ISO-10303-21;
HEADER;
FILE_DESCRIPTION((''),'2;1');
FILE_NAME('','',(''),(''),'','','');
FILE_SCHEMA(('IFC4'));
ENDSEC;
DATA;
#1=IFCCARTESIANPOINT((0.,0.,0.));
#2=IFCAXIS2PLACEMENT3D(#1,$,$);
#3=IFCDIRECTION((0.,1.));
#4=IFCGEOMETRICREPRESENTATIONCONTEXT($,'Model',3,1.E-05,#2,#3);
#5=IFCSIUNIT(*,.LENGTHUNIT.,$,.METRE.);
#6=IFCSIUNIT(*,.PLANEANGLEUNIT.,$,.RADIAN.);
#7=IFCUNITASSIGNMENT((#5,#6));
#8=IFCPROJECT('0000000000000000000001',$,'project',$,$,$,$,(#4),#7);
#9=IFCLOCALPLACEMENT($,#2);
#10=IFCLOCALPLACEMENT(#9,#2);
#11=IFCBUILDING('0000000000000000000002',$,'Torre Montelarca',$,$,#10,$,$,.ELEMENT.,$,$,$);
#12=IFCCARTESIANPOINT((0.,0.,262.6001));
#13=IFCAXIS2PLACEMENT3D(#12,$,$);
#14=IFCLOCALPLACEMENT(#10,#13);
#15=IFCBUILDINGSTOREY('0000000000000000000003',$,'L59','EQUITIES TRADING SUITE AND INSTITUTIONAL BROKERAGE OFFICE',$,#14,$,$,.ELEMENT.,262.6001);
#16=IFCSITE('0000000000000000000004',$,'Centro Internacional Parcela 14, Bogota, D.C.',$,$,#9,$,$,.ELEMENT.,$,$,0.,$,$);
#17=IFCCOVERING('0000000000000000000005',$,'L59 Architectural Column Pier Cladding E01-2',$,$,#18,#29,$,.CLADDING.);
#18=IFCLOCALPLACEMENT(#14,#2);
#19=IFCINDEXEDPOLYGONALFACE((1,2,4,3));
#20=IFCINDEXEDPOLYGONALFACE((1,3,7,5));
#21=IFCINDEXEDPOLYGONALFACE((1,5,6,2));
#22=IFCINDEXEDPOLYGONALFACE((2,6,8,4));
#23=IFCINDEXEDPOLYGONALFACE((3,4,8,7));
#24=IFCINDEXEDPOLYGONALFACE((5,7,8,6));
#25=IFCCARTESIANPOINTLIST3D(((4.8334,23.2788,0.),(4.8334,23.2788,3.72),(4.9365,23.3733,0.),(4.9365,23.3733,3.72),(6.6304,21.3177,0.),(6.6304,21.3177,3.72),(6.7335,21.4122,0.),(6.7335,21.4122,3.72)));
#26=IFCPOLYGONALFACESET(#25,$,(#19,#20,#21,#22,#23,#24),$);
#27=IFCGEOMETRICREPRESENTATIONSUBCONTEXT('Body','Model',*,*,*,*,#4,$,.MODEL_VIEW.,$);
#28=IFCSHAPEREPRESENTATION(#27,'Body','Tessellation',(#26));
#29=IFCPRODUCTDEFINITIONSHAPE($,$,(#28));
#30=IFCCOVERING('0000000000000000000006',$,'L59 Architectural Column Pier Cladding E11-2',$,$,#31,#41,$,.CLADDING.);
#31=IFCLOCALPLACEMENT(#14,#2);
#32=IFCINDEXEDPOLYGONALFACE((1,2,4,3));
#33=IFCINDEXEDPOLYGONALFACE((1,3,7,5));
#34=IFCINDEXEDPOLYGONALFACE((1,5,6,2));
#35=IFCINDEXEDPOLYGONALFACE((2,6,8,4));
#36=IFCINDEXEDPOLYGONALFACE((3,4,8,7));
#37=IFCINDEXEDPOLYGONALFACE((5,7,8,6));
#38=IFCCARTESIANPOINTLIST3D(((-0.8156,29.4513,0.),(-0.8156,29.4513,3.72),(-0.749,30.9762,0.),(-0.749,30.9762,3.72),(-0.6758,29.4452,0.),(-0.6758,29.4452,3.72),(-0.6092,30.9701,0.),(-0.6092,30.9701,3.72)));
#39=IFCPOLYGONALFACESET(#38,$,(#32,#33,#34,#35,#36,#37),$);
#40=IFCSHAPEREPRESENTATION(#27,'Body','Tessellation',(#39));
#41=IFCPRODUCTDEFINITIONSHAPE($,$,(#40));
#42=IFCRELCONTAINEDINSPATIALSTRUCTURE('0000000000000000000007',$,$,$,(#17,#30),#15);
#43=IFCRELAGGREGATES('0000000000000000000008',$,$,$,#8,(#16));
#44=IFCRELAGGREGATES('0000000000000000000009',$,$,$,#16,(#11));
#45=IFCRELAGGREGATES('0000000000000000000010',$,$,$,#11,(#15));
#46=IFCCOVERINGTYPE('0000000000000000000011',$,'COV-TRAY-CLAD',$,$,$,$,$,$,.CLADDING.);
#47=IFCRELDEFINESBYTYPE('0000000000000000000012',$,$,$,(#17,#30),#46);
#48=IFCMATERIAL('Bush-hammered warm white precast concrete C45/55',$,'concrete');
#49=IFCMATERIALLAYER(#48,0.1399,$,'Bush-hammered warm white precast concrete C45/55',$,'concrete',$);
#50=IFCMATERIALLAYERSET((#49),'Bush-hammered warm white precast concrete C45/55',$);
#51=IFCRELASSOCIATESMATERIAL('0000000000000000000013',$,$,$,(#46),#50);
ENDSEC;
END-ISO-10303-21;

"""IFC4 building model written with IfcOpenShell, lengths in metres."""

from ifc_helpers import new_model, si_unit, direction, frame, origin, origin_2d, place, context, subcontext, project, spatial, rectangle, extrude, source, transform, mapped, material, layer, layer_set, type_object, element, save


model = new_model("IFC4")

# Units and contexts
model_context = context("Model", 3, precision=1e-05, world=origin(), true_north=direction((0.0, 1.0)))
body_context = subcontext(model_context, "Body", "Model", "MODEL_VIEW")
ifc_project = project(units=[si_unit("LENGTHUNIT", "METRE"), si_unit("PLANEANGLEUNIT", "RADIAN")], contexts=[model_context])

# Site, building, storey
site_placement = place(None, origin())
site = spatial("IfcSite", under=ifc_project, at=site_placement, Name="Centro Internacional Parcela 14, Bogota, D.C.", CompositionType="ELEMENT", RefElevation=0.0)
building_placement = place(site_placement, origin())
building = spatial("IfcBuilding", under=site, at=building_placement, Name="Torre Montelarca", CompositionType="ELEMENT")
storey_placement = place(building_placement, frame((0.0, 0.0, 262.6001)))
storey = spatial("IfcBuildingStorey", under=building, at=storey_placement, Name="L59", Description="EQUITIES TRADING SUITE AND INSTITUTIONAL BROKERAGE OFFICE", CompositionType="ELEMENT", Elevation=262.6001)

# Coverings
ifc_material_1 = material(Name="Bush-hammered warm white precast concrete C45/55", Category="concrete")
ifc_layer_1 = layer(ifc_material_1, 0.1399, Name="Bush-hammered warm white precast concrete C45/55", Category="concrete")
ifc_layer_set_1 = layer_set([ifc_layer_1], Name="Bush-hammered warm white precast concrete C45/55")
covering_type = type_object("IfcCoveringType", Name="COV-TRAY-CLAD", PredefinedType="CLADDING", material=ifc_layer_set_1)
shared_shape_1 = source(origin(), body_context, "Body", "SweptSolid", [
    extrude(rectangle(XDim=2.6599, YDim=0.1399, at=origin_2d()), origin(), (0.0, 0.0, 1.0), 3.72),
])
covering_1_placement = place(storey_placement, frame((5.7834, 22.3455, 0.0), z_axis=(0.0, 0.0, 1.0), x_axis=(0.67559, -0.737277, 0.0)))
element("IfcCovering", 1, at=covering_1_placement, inside=storey, type_object=covering_type, Name="L59 Architectural Column Pier Cladding E01-2", PredefinedType="CLADDING", context=body_context, shape_type="MappedRepresentation", body=[
    mapped(shared_shape_1, transform((0.0, 0.0, 0.0), scale=1.0)),
])
shared_shape_2 = source(origin(), body_context, "Body", "SweptSolid", [
    extrude(rectangle(XDim=1.5264, YDim=0.1399, at=origin_2d()), origin(), (0.0, 0.0, 1.0), 3.72),
])
covering_2_placement = place(storey_placement, frame((-0.7124, 30.2107, 0.0), z_axis=(0.0, 0.0, 1.0), x_axis=(-0.043628, -0.999048, 0.0)))
element("IfcCovering", 2, at=covering_2_placement, inside=storey, type_object=covering_type, Name="L59 Architectural Column Pier Cladding E11-2", PredefinedType="CLADDING", context=body_context, shape_type="MappedRepresentation", body=[
    mapped(shared_shape_2, transform((0.0, 0.0, 0.0), scale=1.0)),
])

save(model, "model.ifc")
